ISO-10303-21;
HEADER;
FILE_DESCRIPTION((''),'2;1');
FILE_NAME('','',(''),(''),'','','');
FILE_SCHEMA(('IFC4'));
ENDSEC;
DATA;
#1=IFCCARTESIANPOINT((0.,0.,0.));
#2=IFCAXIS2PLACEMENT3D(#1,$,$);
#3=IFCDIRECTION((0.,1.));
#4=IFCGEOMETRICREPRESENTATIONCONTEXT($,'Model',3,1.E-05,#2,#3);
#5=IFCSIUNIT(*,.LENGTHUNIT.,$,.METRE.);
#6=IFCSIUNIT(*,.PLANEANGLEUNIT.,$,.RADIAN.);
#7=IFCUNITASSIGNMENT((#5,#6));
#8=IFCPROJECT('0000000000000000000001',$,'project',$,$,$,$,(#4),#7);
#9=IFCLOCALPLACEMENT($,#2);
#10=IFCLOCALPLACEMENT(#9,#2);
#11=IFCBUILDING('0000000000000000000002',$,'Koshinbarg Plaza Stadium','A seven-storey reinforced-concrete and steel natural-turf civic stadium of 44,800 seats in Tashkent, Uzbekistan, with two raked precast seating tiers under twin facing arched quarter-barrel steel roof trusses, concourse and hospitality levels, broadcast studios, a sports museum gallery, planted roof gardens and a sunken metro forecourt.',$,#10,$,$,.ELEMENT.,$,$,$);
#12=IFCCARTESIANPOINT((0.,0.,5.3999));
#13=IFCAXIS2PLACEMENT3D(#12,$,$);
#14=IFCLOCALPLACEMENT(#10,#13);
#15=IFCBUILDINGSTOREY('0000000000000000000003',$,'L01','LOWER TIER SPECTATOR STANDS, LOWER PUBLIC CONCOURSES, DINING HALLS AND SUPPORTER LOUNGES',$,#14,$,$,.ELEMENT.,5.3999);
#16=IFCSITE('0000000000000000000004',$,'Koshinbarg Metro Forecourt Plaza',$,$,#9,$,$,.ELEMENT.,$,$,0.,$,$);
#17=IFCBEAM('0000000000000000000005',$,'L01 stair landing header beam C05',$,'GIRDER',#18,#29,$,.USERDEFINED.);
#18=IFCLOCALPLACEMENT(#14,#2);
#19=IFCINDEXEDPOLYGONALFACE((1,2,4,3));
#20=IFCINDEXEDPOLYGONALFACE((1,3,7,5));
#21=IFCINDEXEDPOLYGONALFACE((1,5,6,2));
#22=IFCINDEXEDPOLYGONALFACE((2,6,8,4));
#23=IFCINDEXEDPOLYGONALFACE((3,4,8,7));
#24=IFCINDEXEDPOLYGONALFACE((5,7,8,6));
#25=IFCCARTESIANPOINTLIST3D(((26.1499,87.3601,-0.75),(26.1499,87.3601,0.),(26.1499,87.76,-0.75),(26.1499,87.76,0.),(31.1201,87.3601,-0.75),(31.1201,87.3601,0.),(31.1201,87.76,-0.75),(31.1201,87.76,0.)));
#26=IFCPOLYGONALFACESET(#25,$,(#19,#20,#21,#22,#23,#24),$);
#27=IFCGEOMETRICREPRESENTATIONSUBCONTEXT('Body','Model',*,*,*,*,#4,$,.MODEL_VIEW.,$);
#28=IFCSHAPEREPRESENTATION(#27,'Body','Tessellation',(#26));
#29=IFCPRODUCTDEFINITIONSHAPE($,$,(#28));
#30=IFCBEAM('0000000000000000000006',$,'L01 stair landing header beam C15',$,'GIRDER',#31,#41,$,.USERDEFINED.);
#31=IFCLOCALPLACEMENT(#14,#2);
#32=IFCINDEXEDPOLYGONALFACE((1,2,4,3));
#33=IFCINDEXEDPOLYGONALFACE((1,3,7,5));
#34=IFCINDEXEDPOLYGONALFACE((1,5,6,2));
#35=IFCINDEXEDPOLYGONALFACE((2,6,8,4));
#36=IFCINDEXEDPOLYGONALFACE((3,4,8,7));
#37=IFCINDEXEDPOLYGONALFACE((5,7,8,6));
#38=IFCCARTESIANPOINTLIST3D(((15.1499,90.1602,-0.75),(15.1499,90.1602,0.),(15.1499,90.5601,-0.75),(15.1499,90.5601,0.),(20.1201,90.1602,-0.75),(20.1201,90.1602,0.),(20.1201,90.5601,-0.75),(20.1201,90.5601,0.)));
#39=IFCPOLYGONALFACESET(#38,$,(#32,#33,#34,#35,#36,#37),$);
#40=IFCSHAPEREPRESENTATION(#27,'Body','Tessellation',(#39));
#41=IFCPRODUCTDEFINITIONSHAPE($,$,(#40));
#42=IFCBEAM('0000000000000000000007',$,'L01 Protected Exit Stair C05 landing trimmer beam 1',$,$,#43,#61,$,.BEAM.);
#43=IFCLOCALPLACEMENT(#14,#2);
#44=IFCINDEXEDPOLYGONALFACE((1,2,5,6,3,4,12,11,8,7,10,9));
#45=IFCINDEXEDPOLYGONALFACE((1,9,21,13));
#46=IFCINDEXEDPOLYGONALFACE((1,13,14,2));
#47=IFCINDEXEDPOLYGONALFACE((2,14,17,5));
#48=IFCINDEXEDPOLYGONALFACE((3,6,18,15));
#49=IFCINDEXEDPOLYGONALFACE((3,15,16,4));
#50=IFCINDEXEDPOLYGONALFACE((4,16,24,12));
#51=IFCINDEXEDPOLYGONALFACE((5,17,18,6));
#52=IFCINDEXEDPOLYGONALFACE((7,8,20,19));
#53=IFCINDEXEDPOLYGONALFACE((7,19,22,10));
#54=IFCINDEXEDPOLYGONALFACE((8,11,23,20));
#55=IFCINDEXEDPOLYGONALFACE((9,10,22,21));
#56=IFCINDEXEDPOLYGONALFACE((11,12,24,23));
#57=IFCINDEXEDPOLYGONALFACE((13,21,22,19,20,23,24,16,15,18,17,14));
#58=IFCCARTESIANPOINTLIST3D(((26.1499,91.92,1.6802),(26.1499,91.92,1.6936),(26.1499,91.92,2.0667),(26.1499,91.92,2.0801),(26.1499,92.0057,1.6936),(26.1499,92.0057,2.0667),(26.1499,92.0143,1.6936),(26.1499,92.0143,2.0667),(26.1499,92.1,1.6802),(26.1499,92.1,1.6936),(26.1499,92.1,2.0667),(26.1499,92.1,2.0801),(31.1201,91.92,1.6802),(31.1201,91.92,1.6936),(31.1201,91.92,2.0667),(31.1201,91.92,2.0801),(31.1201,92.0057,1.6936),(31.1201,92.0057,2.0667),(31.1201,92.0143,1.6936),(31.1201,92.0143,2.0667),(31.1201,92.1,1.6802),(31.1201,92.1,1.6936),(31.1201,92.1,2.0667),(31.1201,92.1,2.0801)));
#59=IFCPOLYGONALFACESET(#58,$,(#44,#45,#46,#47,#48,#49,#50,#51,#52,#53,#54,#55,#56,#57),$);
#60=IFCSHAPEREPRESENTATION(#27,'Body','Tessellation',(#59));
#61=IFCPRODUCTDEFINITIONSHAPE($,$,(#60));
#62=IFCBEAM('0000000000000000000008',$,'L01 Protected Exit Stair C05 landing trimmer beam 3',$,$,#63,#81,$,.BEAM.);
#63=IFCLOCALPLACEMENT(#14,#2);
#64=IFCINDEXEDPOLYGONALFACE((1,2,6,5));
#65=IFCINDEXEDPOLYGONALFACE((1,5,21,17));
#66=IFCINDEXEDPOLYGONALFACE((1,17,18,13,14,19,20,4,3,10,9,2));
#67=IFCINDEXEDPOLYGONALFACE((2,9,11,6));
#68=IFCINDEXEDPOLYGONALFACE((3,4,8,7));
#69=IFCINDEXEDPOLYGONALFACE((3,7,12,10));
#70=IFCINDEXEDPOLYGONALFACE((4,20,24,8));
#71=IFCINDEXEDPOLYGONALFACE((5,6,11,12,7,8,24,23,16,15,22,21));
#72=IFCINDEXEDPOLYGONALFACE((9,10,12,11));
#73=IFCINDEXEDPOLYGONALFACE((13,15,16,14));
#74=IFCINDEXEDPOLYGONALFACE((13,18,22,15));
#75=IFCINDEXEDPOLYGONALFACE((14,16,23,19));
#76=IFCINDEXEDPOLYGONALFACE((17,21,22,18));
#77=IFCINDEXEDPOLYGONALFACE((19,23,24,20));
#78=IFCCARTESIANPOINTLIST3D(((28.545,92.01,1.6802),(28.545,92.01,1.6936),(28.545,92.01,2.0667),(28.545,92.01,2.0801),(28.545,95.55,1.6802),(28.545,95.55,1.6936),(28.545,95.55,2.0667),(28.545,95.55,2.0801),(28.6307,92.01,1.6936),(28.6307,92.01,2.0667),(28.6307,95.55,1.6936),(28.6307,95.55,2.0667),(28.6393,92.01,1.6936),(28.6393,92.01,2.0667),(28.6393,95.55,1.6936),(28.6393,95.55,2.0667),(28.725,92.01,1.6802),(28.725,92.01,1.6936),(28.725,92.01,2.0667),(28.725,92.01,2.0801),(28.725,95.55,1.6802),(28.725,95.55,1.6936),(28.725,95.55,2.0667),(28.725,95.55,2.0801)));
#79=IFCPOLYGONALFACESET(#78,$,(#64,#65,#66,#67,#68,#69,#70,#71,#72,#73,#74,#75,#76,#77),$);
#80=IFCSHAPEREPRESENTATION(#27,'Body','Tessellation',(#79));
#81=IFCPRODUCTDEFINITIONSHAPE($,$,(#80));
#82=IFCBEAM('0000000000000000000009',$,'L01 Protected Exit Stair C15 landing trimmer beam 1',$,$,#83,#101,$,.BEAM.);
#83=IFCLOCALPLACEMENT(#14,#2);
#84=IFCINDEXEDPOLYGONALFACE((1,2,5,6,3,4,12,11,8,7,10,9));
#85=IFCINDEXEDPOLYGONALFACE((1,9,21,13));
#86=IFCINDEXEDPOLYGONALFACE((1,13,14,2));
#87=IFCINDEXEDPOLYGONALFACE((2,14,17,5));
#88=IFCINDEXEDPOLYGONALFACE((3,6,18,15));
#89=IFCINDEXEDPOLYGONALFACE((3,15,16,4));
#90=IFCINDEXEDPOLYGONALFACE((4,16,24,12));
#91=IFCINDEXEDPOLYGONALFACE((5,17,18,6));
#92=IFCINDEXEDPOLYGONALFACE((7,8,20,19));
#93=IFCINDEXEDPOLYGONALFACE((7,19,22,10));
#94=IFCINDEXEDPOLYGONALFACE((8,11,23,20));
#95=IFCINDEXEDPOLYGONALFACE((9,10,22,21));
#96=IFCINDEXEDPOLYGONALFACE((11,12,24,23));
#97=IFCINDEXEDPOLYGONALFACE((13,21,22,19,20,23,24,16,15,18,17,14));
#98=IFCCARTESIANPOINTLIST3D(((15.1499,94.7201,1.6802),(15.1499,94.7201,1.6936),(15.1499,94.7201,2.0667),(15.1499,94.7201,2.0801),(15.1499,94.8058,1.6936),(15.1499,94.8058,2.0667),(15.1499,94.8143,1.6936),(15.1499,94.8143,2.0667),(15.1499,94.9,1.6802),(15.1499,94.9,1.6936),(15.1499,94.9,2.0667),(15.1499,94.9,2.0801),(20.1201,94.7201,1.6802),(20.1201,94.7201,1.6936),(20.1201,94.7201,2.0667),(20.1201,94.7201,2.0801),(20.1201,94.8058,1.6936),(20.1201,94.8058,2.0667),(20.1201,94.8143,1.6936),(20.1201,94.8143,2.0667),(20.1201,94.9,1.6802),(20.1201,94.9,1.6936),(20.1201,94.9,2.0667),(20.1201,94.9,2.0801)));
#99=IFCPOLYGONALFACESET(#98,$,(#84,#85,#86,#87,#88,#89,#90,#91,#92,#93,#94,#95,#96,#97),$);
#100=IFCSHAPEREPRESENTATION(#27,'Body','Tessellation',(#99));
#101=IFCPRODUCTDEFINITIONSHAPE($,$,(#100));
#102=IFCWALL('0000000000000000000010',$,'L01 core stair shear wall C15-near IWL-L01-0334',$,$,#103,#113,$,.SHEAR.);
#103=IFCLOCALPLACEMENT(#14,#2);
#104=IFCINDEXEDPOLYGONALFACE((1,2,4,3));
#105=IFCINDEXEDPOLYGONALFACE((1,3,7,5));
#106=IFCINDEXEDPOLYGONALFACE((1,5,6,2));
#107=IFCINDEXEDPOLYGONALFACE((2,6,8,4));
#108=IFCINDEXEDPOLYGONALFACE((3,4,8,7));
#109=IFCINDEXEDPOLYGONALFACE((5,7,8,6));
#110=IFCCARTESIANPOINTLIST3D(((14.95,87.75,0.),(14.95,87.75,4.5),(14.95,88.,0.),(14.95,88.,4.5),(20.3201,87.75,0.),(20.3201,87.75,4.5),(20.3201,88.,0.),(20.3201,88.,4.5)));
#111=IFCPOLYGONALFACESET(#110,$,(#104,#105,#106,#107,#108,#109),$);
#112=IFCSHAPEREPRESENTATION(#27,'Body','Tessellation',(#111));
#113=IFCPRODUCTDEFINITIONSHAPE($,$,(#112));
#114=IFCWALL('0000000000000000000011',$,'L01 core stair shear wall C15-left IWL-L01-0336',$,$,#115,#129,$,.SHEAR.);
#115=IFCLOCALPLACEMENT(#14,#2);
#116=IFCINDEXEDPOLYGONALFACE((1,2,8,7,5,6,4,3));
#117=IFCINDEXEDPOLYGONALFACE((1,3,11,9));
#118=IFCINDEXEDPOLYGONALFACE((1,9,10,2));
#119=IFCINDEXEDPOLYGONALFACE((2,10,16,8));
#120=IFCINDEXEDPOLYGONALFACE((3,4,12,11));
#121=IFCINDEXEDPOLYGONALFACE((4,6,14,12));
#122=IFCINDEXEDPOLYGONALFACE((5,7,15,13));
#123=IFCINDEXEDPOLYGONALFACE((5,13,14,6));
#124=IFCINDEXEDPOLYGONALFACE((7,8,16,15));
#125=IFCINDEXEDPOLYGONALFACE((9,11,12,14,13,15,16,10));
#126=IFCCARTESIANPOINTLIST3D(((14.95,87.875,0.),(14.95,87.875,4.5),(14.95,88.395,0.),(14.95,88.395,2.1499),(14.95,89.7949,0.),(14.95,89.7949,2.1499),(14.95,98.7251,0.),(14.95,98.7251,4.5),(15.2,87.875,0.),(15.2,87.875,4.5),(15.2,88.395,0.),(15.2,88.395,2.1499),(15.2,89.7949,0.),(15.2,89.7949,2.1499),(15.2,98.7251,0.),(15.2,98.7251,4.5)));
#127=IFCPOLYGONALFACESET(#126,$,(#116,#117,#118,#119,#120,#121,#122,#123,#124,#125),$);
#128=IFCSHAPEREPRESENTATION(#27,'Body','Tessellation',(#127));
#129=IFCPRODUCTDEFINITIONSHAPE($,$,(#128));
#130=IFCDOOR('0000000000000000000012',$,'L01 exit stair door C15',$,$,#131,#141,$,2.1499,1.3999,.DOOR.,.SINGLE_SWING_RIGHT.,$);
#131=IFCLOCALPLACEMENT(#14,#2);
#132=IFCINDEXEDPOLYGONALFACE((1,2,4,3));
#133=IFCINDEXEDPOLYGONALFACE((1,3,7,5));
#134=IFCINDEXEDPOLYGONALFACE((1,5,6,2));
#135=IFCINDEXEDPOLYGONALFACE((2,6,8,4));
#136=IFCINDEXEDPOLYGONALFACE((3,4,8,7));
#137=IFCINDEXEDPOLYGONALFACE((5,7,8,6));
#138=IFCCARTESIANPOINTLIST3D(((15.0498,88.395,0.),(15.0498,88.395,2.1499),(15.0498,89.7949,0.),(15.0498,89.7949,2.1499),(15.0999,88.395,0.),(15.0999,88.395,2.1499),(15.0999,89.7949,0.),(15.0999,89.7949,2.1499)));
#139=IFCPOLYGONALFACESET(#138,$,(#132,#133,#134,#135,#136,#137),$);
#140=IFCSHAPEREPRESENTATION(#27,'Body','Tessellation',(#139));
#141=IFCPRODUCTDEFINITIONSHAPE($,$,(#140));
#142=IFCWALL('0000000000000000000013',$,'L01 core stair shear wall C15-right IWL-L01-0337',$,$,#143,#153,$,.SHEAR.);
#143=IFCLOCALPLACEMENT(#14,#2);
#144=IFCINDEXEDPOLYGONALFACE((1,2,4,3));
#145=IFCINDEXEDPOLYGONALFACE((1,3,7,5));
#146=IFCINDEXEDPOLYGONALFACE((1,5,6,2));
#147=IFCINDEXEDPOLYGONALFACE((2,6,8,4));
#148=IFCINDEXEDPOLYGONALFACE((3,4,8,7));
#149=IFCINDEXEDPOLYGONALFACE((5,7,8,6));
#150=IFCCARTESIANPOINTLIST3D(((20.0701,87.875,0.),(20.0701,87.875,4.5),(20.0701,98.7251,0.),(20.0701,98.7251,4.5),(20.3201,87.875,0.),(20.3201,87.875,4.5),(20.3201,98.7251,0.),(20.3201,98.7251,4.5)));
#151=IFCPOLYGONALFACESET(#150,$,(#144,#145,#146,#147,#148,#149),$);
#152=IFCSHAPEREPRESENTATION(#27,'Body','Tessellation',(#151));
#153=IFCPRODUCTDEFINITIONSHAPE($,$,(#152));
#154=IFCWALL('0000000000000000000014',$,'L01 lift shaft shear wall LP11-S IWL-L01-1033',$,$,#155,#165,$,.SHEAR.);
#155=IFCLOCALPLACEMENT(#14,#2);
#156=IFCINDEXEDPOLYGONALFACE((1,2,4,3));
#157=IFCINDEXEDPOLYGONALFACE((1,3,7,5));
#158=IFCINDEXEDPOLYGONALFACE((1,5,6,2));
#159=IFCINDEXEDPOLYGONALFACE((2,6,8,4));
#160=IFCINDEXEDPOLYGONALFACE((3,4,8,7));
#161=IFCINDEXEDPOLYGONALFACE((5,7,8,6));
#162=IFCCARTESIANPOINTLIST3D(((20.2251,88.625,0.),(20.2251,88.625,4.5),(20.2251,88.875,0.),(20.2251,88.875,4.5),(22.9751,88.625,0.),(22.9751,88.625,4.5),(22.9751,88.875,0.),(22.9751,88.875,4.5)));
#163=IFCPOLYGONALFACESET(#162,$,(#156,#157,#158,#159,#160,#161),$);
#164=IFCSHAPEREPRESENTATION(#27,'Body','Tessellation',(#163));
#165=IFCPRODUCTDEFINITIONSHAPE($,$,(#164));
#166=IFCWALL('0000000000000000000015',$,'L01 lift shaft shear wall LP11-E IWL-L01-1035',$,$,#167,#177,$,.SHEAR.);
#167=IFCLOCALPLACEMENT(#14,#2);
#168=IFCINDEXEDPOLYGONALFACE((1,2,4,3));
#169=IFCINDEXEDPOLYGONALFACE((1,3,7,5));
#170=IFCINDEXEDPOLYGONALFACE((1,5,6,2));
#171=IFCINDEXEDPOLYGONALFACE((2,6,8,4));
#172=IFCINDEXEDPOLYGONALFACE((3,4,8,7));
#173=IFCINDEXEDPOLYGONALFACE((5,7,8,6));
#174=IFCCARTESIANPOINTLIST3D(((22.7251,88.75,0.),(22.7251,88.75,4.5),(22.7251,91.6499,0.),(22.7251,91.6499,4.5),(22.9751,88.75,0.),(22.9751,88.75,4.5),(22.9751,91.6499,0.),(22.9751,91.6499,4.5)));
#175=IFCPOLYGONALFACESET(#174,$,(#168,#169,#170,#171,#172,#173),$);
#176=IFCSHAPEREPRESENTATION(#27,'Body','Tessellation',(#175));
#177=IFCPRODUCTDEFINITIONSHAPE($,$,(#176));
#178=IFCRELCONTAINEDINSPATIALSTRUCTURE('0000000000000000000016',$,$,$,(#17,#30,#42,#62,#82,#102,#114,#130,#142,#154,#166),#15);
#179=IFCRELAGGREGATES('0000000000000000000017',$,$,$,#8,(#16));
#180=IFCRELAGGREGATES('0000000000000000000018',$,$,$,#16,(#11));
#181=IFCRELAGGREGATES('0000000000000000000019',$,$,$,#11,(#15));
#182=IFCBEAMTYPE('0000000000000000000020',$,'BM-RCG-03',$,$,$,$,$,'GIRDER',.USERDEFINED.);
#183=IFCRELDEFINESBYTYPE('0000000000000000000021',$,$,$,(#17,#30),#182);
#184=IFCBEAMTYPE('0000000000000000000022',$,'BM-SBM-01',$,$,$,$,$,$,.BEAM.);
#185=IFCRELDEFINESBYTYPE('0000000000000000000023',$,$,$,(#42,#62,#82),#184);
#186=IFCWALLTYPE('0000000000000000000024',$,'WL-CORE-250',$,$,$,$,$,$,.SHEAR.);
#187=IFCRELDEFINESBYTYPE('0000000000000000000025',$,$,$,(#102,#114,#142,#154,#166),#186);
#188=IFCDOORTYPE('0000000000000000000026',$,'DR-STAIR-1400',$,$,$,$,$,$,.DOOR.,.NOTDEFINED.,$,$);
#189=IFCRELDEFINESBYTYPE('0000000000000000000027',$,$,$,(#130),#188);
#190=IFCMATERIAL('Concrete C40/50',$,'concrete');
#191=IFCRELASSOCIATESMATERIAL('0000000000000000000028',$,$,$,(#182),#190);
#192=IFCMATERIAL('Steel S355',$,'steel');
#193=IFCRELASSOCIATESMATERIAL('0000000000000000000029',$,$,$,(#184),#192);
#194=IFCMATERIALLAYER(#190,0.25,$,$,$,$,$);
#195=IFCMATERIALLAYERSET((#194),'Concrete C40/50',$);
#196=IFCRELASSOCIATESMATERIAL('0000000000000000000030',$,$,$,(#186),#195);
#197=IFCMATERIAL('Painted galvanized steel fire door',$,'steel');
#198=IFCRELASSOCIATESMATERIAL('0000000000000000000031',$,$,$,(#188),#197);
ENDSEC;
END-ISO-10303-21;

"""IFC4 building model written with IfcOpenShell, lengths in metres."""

from ifc_helpers import new_model, si_unit, direction, frame, frame_2d, origin, origin_2d, place, context, subcontext, project, spatial, rectangle, i_section, extrude, material, layer, layer_set, material_profile, profile_set, type_object, element, fill, save


model = new_model("IFC4")

# Units and contexts
model_context = context("Model", 3, precision=1e-05, world=origin(), true_north=direction((0.0, 1.0)))
body_context = subcontext(model_context, "Body", "Model", "MODEL_VIEW")
ifc_project = project(units=[si_unit("LENGTHUNIT", "METRE"), si_unit("PLANEANGLEUNIT", "RADIAN")], contexts=[model_context])

# Site, building, storey
site_placement = place(None, origin())
site = spatial("IfcSite", under=ifc_project, at=site_placement, Name="Koshinbarg Metro Forecourt Plaza", CompositionType="ELEMENT", RefElevation=0.0)
building_placement = place(site_placement, origin())
building = spatial("IfcBuilding", under=site, at=building_placement, Name="Koshinbarg Plaza Stadium", Description="A seven-storey reinforced-concrete and steel natural-turf civic stadium of 44,800 seats in Tashkent, Uzbekistan, with two raked precast seating tiers under twin facing arched quarter-barrel steel roof trusses, concourse and hospitality levels, broadcast studios, a sports museum gallery, planted roof gardens and a sunken metro forecourt.", CompositionType="ELEMENT")
storey_placement = place(building_placement, frame((0.0, 0.0, 5.3999)))
storey = spatial("IfcBuildingStorey", under=building, at=storey_placement, Name="L01", Description="LOWER TIER SPECTATOR STANDS, LOWER PUBLIC CONCOURSES, DINING HALLS AND SUPPORTER LOUNGES", CompositionType="ELEMENT", Elevation=5.3999)

# Beams
ifc_material_1 = material(Name="Concrete C40/50", Category="concrete")
ifc_material_profile_1 = material_profile(ifc_material_1, rectangle(XDim=0.3999, YDim=0.75, at=origin_2d()), Name="RC 400x750")
ifc_profile_set_1 = profile_set([ifc_material_profile_1], Name="Concrete C40/50")
beam_type_1 = type_object("IfcBeamType", Name="BM-RCG-03", ElementType="GIRDER", PredefinedType="USERDEFINED", material=ifc_profile_set_1)
for number, where, z_axis, x_axis, name in (
    (1, (26.1499, 87.5601, -0.375), (1.0, 0.0, 0.0), (0.0, 1.0, 0.0), "L01 stair landing header beam C05"),
    (2, (15.1499, 90.3601, -0.375), (1.0, 0.0, 0.0), (0.0, 1.0, 0.0), "L01 stair landing header beam C15"),
):
    element("IfcBeam", number, at=place(storey_placement, frame(where, z_axis=z_axis, x_axis=x_axis)), inside=storey, type_object=beam_type_1, Name=name, ObjectType="GIRDER", PredefinedType="USERDEFINED", context=body_context, shape_type="SweptSolid", body=[
        extrude(rectangle(XDim=0.3999, YDim=0.75, at=origin_2d()), origin(), (0.0, 0.0, 1.0), 4.9702),
    ])
ifc_material_2 = material(Name="Steel S355", Category="steel")
ifc_material_profile_2 = material_profile(ifc_material_2, i_section(OverallWidth=0.1799, OverallDepth=0.3999, WebThickness=0.0085, FlangeThickness=0.0134, at=origin_2d()), Name="IPE 400")
ifc_profile_set_2 = profile_set([ifc_material_profile_2], Name="Steel S355")
beam_type_2 = type_object("IfcBeamType", Name="BM-SBM-01", PredefinedType="BEAM", material=ifc_profile_set_2)
beam_1_placement = place(storey_placement, frame((26.1499, 92.01, 1.8801), z_axis=(1.0, 0.0, 0.0), x_axis=(0.0, 1.0, 0.0)))
element("IfcBeam", 3, at=beam_1_placement, inside=storey, type_object=beam_type_2, Name="L01 Protected Exit Stair C05 landing trimmer beam 1", PredefinedType="BEAM", context=body_context, shape_type="SweptSolid", body=[
    extrude(i_section(OverallWidth=0.1799, OverallDepth=0.3999, WebThickness=0.0085, FlangeThickness=0.0134, at=origin_2d()), origin(), (0.0, 0.0, 1.0), 4.9702),
])
beam_2_placement = place(storey_placement, frame((28.635, 92.01, 1.8801), z_axis=(0.0, 1.0, 0.0), x_axis=(-1.0, 0.0, 0.0)))
element("IfcBeam", 4, at=beam_2_placement, inside=storey, type_object=beam_type_2, Name="L01 Protected Exit Stair C05 landing trimmer beam 3", PredefinedType="BEAM", context=body_context, shape_type="SweptSolid", body=[
    extrude(i_section(OverallWidth=0.1799, OverallDepth=0.3999, WebThickness=0.0085, FlangeThickness=0.0134, at=origin_2d()), origin(), (0.0, 0.0, 1.0), 3.54),
])
beam_3_placement = place(storey_placement, frame((15.1499, 94.8101, 1.8801), z_axis=(1.0, 0.0, 0.0), x_axis=(0.0, 1.0, 0.0)))
element("IfcBeam", 5, at=beam_3_placement, inside=storey, type_object=beam_type_2, Name="L01 Protected Exit Stair C15 landing trimmer beam 1", PredefinedType="BEAM", context=body_context, shape_type="SweptSolid", body=[
    extrude(i_section(OverallWidth=0.1799, OverallDepth=0.3999, WebThickness=0.0085, FlangeThickness=0.0134, at=origin_2d()), origin(), (0.0, 0.0, 1.0), 4.9702),
])

# Wall
ifc_layer_1 = layer(ifc_material_1, 0.25)
ifc_layer_set_1 = layer_set([ifc_layer_1], Name="Concrete C40/50")
wall_type_1 = type_object("IfcWallType", Name="WL-CORE-250", PredefinedType="SHEAR", material=ifc_layer_set_1)
wall_1_placement = place(storey_placement, frame((14.95, 87.875, 0.0), z_axis=(0.0, 0.0, 1.0), x_axis=(1.0, 0.0, 0.0)))
element("IfcWall", 6, at=wall_1_placement, inside=storey, type_object=wall_type_1, Name="L01 core stair shear wall C15-near IWL-L01-0334", PredefinedType="SHEAR", context=body_context, shape_type="SweptSolid", body=[
    extrude(rectangle(XDim=5.3701, YDim=0.25, at=frame_2d((2.6851, 0.0))), origin(), (0.0, 0.0, 1.0), 4.5),
])

# Wall, opening, door
wall_2_placement = place(storey_placement, frame((15.075, 87.875, 0.0), z_axis=(0.0, 0.0, 1.0), x_axis=(0.0, 1.0, 0.0)))
wall_2 = element("IfcWall", 7, at=wall_2_placement, inside=storey, type_object=wall_type_1, Name="L01 core stair shear wall C15-left IWL-L01-0336", PredefinedType="SHEAR", context=body_context, shape_type="SweptSolid", body=[
    extrude(rectangle(XDim=10.8501, YDim=0.25, at=frame_2d((5.425, 0.0))), origin(), (0.0, 0.0, 1.0), 4.5),
])
opening_1_placement = place(wall_2_placement, frame((0.52, 0.0, 0.0)))
opening_1 = element("IfcOpeningElement", 8, at=opening_1_placement, cuts=wall_2, PredefinedType="OPENING", context=body_context, shape_type="SweptSolid", body=[
    extrude(rectangle(XDim=1.3999, YDim=2.1499, at=frame_2d((0.7, 1.075))), frame((0.0, 0.135, 0.0), z_axis=(0.0, -1.0, 0.0), x_axis=(1.0, 0.0, 0.0)), (0.0, 0.0, 1.0), 0.27),
])
ifc_material_3 = material(Name="Painted galvanized steel fire door", Category="steel")
door_type_1 = type_object("IfcDoorType", Name="DR-STAIR-1400", OperationType="NOTDEFINED", PredefinedType="DOOR", material=ifc_material_3)
door_1_placement = place(opening_1_placement, frame((1.3999, 0.0, 0.0), z_axis=(0.0, 0.0, 1.0), x_axis=(-1.0, 0.0, 0.0)))
door_1 = element("IfcDoor", 9, at=door_1_placement, inside=storey, type_object=door_type_1, Name="L01 exit stair door C15", OperationType="SINGLE_SWING_RIGHT", OverallHeight=2.1499, OverallWidth=1.3999, PredefinedType="DOOR", context=body_context, shape_type="SweptSolid", body=[
    extrude(rectangle(XDim=1.3999, YDim=2.1499, at=frame_2d((0.7, 1.075))), frame((0.0, 0.0249, 0.0), z_axis=(0.0, -1.0, 0.0), x_axis=(1.0, 0.0, 0.0)), (0.0, 0.0, 1.0), 0.05),
])
fill(opening_1, door_1)

# Walls
wall_3_placement = place(storey_placement, frame((20.1951, 87.875, 0.0), z_axis=(0.0, 0.0, 1.0), x_axis=(0.0, 1.0, 0.0)))
element("IfcWall", 10, at=wall_3_placement, inside=storey, type_object=wall_type_1, Name="L01 core stair shear wall C15-right IWL-L01-0337", PredefinedType="SHEAR", context=body_context, shape_type="SweptSolid", body=[
    extrude(rectangle(XDim=10.8501, YDim=0.25, at=frame_2d((5.425, 0.0))), origin(), (0.0, 0.0, 1.0), 4.5),
])
wall_4_placement = place(storey_placement, frame((20.2251, 88.75, 0.0), z_axis=(0.0, 0.0, 1.0), x_axis=(1.0, 0.0, 0.0)))
element("IfcWall", 11, at=wall_4_placement, inside=storey, type_object=wall_type_1, Name="L01 lift shaft shear wall LP11-S IWL-L01-1033", PredefinedType="SHEAR", context=body_context, shape_type="SweptSolid", body=[
    extrude(rectangle(XDim=2.75, YDim=0.25, at=frame_2d((1.375, 0.0))), origin(), (0.0, 0.0, 1.0), 4.5),
])

# Wall
wall_5_placement = place(storey_placement, frame((22.8501, 88.75, 0.0), z_axis=(0.0, 0.0, 1.0), x_axis=(0.0, 1.0, 0.0)))
element("IfcWall", 12, at=wall_5_placement, inside=storey, type_object=wall_type_1, Name="L01 lift shaft shear wall LP11-E IWL-L01-1035", PredefinedType="SHEAR", context=body_context, shape_type="SweptSolid", body=[
    extrude(rectangle(XDim=2.8999, YDim=0.25, at=frame_2d((1.45, 0.0))), origin(), (0.0, 0.0, 1.0), 4.5),
])

save(model, "model.ifc")
